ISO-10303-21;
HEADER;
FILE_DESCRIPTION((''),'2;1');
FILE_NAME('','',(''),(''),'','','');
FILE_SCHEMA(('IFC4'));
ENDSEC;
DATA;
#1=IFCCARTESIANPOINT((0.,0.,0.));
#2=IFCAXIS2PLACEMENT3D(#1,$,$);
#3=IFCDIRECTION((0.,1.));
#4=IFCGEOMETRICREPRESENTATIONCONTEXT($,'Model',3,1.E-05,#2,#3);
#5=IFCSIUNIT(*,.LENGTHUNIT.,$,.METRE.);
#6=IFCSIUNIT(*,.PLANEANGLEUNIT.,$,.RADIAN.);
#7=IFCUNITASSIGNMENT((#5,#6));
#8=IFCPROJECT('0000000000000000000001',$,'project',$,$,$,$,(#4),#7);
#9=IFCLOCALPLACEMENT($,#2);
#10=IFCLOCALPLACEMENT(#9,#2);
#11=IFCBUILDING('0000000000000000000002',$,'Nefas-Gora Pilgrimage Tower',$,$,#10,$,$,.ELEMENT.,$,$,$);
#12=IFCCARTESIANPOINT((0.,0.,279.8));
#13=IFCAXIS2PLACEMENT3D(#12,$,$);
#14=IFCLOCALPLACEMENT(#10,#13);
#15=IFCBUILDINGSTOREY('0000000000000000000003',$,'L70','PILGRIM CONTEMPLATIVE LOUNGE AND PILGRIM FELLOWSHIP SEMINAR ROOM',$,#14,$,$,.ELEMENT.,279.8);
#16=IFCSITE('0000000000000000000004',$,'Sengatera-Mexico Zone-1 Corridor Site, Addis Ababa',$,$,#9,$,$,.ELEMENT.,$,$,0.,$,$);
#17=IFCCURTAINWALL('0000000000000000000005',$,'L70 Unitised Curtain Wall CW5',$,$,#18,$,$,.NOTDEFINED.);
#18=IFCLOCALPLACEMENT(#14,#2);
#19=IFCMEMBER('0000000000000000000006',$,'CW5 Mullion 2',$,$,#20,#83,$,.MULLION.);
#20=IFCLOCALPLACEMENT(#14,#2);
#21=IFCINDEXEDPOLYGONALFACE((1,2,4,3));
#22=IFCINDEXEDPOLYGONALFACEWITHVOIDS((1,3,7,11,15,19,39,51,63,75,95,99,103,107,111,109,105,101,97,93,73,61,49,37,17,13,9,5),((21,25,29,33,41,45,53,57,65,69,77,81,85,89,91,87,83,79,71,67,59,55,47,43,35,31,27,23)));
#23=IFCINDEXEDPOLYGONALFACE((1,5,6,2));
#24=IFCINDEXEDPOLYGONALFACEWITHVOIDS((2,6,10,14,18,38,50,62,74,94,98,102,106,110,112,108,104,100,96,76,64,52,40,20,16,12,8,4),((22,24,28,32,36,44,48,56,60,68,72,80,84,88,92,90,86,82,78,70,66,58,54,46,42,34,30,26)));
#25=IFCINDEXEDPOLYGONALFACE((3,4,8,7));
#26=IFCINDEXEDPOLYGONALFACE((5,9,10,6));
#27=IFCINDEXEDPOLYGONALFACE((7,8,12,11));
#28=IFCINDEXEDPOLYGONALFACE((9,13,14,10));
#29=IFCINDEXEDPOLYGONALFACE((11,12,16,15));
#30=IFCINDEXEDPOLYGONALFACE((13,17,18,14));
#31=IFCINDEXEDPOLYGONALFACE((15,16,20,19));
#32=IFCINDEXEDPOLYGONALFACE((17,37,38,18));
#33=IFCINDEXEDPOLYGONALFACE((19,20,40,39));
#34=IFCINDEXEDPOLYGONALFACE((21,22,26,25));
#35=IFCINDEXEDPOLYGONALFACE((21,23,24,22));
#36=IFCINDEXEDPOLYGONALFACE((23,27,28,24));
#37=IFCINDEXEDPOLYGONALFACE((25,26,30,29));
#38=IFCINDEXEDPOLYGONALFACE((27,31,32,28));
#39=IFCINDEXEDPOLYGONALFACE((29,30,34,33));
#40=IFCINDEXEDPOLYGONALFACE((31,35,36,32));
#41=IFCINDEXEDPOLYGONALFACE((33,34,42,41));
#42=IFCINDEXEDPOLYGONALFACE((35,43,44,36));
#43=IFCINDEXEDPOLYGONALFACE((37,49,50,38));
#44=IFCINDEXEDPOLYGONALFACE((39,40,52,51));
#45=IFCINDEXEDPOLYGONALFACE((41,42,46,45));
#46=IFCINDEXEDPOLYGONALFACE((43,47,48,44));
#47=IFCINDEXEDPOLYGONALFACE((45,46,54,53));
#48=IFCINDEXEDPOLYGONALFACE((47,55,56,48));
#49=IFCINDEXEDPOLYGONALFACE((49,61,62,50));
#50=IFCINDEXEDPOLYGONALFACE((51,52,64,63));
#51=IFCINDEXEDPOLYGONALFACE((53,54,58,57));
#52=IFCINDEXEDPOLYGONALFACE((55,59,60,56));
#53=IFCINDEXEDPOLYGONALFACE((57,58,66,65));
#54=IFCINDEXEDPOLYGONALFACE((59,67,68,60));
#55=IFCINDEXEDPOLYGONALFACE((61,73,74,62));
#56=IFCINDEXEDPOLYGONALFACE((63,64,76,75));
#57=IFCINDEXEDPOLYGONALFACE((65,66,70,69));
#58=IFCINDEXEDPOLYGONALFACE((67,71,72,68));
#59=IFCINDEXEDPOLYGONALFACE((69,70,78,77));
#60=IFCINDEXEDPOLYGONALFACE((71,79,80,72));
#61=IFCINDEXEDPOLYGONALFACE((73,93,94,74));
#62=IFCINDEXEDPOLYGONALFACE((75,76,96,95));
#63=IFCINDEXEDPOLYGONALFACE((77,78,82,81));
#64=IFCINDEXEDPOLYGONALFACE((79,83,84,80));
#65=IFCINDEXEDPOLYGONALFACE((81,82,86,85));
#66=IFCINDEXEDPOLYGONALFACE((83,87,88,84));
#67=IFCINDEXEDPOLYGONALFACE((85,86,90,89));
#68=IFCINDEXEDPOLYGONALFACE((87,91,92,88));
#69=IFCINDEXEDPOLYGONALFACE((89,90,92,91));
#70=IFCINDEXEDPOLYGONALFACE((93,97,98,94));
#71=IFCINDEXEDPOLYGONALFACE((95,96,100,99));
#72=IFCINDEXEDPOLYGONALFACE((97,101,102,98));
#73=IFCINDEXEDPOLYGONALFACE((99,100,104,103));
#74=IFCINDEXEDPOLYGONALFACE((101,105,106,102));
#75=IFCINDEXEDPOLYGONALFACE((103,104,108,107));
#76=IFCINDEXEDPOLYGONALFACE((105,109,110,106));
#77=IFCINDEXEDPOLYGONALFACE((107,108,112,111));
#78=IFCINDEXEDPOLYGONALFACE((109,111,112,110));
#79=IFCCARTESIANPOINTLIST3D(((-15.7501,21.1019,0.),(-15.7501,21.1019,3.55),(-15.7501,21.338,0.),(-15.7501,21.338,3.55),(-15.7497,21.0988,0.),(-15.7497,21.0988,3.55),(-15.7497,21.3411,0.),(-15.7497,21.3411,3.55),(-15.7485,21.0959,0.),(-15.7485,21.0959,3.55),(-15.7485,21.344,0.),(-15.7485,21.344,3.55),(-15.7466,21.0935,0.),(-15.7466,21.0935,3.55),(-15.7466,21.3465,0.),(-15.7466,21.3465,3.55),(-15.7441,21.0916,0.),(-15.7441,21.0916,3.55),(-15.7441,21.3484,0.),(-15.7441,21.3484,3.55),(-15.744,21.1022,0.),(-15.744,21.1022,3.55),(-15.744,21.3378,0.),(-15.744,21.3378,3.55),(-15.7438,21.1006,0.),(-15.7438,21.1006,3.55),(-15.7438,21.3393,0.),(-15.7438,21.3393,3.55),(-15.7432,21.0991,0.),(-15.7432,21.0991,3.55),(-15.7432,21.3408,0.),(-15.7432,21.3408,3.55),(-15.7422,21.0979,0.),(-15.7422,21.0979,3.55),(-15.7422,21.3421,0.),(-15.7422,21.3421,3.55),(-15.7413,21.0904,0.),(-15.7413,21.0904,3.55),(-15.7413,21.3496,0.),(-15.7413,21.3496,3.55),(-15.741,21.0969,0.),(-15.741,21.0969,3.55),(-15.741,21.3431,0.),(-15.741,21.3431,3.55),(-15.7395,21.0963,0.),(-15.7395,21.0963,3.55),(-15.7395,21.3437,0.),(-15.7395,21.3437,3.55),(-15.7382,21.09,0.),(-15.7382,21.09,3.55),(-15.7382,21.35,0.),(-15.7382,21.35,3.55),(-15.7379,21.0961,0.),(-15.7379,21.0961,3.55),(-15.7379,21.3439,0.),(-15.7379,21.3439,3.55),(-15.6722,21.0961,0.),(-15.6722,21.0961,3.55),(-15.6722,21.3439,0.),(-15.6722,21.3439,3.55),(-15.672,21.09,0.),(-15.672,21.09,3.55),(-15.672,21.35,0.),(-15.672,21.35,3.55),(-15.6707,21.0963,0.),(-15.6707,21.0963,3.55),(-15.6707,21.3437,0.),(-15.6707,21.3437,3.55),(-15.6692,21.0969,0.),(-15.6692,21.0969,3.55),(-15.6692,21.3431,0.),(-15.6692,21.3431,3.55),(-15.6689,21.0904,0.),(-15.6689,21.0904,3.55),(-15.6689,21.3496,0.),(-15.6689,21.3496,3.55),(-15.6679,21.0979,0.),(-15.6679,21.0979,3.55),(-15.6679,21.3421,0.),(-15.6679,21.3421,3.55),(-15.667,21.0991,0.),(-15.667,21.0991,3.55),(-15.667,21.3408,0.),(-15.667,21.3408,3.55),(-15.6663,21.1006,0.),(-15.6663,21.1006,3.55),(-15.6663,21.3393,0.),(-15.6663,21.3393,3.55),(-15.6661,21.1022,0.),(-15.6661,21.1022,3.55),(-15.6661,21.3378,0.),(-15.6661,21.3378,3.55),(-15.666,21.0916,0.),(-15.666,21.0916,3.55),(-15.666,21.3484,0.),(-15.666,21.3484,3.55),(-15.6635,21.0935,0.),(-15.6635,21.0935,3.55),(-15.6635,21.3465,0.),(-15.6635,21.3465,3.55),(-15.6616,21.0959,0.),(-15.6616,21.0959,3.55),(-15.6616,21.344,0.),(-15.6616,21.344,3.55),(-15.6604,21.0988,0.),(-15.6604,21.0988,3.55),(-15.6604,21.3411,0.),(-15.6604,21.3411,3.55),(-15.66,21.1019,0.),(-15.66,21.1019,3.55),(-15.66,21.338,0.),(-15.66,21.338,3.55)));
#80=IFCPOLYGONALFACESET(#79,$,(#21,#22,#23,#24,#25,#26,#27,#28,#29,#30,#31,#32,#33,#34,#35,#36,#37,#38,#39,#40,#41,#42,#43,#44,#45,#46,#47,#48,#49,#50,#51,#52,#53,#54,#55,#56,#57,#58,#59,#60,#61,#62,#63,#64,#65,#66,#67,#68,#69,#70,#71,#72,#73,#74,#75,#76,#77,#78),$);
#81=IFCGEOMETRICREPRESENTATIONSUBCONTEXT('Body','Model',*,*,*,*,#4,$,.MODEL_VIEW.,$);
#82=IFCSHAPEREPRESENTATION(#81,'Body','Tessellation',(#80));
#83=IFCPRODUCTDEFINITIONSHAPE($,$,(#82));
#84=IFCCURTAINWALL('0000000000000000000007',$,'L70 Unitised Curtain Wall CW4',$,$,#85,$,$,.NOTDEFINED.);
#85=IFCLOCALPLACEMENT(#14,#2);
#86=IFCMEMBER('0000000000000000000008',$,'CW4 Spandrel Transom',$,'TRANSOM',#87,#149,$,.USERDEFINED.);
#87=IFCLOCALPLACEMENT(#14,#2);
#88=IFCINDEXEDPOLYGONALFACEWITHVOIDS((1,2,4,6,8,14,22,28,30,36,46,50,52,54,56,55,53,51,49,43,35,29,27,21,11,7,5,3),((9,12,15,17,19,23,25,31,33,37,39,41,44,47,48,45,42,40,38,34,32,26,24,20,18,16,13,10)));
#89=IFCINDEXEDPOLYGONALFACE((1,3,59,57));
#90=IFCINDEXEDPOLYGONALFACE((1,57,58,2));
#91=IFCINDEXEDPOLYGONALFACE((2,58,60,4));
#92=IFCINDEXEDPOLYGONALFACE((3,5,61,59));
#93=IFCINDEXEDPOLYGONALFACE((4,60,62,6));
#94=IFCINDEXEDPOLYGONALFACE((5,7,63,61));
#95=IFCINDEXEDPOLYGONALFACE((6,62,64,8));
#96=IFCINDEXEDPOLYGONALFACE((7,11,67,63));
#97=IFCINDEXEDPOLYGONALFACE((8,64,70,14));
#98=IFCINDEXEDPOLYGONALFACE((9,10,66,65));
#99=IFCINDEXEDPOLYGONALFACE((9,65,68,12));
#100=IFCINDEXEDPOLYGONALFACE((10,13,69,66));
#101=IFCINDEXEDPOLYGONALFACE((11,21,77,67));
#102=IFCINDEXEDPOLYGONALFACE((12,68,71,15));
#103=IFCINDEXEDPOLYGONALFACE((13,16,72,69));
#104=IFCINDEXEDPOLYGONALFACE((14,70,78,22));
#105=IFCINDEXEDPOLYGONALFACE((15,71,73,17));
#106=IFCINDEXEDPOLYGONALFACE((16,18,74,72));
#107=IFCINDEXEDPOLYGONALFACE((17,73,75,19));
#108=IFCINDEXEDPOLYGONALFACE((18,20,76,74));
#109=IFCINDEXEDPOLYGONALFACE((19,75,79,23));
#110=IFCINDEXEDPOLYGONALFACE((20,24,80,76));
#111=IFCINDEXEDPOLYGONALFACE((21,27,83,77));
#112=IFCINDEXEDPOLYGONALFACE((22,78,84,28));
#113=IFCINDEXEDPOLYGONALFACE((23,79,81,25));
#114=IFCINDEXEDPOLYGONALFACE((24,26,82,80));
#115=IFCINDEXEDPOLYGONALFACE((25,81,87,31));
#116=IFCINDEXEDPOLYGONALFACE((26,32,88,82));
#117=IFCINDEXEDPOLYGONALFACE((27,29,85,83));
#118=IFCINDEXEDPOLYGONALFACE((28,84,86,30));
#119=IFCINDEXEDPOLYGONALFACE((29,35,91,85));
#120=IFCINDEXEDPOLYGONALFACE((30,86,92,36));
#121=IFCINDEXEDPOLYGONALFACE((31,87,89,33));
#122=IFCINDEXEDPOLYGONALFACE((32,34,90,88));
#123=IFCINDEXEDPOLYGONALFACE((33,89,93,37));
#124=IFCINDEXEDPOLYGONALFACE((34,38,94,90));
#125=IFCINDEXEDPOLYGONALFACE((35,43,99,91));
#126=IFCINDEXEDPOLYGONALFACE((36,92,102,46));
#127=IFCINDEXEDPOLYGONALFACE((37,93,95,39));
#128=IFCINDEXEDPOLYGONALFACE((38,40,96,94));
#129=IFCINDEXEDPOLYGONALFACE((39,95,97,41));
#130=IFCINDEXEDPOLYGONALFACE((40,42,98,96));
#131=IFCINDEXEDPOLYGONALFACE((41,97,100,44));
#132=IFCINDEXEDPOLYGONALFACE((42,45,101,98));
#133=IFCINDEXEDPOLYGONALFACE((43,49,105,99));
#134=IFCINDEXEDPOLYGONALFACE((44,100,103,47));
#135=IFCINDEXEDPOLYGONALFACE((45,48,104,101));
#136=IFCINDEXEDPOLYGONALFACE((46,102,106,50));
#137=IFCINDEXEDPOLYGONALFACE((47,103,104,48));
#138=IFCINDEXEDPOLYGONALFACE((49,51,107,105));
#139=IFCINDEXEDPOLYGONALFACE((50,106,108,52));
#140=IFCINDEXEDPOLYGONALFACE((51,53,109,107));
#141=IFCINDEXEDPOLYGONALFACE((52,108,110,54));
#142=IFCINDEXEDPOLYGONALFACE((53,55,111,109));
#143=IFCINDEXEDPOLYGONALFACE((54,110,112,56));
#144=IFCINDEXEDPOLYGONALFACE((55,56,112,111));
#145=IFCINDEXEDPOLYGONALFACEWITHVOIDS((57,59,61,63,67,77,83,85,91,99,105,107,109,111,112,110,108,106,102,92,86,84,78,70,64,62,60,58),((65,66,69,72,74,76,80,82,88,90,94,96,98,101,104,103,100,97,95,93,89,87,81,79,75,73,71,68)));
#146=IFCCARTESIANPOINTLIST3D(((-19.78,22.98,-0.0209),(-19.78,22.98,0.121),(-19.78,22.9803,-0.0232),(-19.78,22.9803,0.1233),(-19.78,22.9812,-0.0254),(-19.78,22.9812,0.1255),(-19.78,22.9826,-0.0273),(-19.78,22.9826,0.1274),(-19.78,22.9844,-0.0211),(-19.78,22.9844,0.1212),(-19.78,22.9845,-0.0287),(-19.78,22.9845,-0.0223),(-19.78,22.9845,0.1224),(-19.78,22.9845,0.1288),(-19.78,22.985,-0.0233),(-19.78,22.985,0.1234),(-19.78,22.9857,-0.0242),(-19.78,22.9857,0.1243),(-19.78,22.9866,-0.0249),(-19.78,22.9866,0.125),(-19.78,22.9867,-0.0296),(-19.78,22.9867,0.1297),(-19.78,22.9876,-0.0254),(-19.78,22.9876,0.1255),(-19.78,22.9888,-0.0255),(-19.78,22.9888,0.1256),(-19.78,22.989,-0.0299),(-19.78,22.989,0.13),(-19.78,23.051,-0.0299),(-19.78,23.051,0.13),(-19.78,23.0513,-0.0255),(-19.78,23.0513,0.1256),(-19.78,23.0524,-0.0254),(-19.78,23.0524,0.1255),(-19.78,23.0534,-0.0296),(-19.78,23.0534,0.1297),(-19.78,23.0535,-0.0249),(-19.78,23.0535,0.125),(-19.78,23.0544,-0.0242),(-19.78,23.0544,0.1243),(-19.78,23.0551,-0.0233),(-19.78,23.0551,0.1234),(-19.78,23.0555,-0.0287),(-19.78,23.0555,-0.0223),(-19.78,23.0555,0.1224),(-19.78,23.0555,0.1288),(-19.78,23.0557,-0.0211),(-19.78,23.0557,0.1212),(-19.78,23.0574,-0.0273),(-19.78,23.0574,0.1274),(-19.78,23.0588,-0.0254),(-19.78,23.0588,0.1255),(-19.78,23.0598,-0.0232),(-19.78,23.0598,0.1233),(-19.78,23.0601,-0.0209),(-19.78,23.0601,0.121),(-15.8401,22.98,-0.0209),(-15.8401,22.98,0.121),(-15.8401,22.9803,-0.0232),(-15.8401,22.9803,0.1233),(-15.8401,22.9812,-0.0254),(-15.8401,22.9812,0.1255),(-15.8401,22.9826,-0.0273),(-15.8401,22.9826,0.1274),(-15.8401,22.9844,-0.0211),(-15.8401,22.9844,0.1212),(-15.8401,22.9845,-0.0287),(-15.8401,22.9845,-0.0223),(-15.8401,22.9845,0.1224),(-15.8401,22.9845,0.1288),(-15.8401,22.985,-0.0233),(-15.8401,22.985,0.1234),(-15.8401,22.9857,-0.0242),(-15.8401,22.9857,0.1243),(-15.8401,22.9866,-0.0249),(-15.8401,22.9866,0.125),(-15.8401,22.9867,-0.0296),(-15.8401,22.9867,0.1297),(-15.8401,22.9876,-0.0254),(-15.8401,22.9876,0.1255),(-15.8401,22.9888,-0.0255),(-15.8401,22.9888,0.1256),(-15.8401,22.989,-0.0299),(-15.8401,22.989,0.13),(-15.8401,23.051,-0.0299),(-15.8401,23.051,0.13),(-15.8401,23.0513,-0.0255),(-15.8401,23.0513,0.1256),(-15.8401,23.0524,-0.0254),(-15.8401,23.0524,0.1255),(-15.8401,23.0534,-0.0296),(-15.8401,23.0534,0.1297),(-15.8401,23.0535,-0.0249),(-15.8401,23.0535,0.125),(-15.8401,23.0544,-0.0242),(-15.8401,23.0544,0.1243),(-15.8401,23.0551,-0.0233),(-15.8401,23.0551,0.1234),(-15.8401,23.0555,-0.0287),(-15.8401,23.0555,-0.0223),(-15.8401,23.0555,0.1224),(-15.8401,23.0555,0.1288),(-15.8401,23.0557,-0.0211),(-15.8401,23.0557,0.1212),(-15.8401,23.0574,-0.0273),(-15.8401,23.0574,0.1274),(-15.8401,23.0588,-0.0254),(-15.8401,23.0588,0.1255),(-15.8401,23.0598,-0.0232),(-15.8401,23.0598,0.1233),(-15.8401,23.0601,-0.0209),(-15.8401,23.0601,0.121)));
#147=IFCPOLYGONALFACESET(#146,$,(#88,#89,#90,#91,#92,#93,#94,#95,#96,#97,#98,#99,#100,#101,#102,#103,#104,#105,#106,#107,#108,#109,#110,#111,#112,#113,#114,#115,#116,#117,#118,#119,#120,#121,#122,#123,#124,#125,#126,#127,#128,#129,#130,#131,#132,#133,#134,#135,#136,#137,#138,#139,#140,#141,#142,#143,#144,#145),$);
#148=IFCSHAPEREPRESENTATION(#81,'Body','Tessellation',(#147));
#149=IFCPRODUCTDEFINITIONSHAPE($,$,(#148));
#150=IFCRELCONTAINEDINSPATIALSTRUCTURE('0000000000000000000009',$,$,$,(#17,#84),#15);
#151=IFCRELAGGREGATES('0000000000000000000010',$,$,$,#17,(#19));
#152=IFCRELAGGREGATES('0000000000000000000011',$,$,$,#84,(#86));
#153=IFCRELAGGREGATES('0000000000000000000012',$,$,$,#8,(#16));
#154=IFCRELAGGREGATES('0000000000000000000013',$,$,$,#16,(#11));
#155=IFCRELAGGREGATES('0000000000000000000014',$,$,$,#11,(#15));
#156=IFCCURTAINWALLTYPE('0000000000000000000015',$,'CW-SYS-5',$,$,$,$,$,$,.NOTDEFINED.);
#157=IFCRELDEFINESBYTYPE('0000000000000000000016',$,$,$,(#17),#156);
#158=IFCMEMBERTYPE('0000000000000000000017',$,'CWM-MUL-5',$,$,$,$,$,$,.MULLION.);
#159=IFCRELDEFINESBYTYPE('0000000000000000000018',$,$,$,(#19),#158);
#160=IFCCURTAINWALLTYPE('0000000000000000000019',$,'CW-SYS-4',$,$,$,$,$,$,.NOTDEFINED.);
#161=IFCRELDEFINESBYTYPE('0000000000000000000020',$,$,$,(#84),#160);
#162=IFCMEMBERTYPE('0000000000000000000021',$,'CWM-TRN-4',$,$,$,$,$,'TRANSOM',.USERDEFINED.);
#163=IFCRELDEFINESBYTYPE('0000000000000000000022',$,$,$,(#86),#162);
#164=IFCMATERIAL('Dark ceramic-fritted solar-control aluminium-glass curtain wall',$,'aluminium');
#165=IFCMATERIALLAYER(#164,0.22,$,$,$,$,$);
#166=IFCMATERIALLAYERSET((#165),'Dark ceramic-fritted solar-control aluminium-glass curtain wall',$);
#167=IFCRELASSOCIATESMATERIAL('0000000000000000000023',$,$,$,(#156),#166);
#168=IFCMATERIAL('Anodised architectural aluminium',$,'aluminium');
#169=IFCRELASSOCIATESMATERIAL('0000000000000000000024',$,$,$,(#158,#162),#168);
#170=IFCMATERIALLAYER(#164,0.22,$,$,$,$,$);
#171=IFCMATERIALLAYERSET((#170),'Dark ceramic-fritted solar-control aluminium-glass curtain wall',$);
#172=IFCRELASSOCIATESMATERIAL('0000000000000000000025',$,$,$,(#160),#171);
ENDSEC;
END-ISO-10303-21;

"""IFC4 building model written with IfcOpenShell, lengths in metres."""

from ifc_helpers import new_model, si_unit, direction, frame, origin, origin_2d, place, context, subcontext, project, spatial, hollow_rectangle, extrude, source, transform, mapped, material, layer, layer_set, material_profile, profile_set, type_object, element, aggregate, save


model = new_model("IFC4")

# Units and contexts
model_context = context("Model", 3, precision=1e-05, world=origin(), true_north=direction((0.0, 1.0)))
body_context = subcontext(model_context, "Body", "Model", "MODEL_VIEW")
ifc_project = project(units=[si_unit("LENGTHUNIT", "METRE"), si_unit("PLANEANGLEUNIT", "RADIAN")], contexts=[model_context])

# Site, building, storey
site_placement = place(None, origin())
site = spatial("IfcSite", under=ifc_project, at=site_placement, Name="Sengatera-Mexico Zone-1 Corridor Site, Addis Ababa", CompositionType="ELEMENT", RefElevation=0.0)
building_placement = place(site_placement, origin())
building = spatial("IfcBuilding", under=site, at=building_placement, Name="Nefas-Gora Pilgrimage Tower", CompositionType="ELEMENT")
storey_placement = place(building_placement, frame((0.0, 0.0, 279.8)))
storey = spatial("IfcBuildingStorey", under=building, at=storey_placement, Name="L70", Description="PILGRIM CONTEMPLATIVE LOUNGE AND PILGRIM FELLOWSHIP SEMINAR ROOM", CompositionType="ELEMENT", Elevation=279.8)

# Curtain wall, member
ifc_material_1 = material(Name="Dark ceramic-fritted solar-control aluminium-glass curtain wall", Category="aluminium")
ifc_layer_1 = layer(ifc_material_1, 0.22)
ifc_layer_set_1 = layer_set([ifc_layer_1], Name="Dark ceramic-fritted solar-control aluminium-glass curtain wall")
curtain_wall_type_1 = type_object("IfcCurtainWallType", Name="CW-SYS-5", PredefinedType="NOTDEFINED", material=ifc_layer_set_1)
curtain_wall_1_placement = place(storey_placement, origin())
curtain_wall_1 = element("IfcCurtainWall", 1, at=curtain_wall_1_placement, inside=storey, type_object=curtain_wall_type_1, Name="L70 Unitised Curtain Wall CW5", PredefinedType="NOTDEFINED")
ifc_material_2 = material(Name="Anodised architectural aluminium", Category="aluminium")
ifc_material_profile_1 = material_profile(ifc_material_2, hollow_rectangle(XDim=0.0901, YDim=0.26, WallThickness=0.0061, InnerFilletRadius=0.0061, OuterFilletRadius=0.012, at=origin_2d()), Name="ALU MULLION 90x260")
ifc_profile_set_1 = profile_set([ifc_material_profile_1], Name="Anodised architectural aluminium")
member_type_1 = type_object("IfcMemberType", Name="CWM-MUL-5", PredefinedType="MULLION", material=ifc_profile_set_1)
shared_shape_1 = source(origin(), body_context, "Body", "SweptSolid", [
    extrude(hollow_rectangle(XDim=0.0901, YDim=0.26, WallThickness=0.0061, InnerFilletRadius=0.0061, OuterFilletRadius=0.012, at=origin_2d()), origin(), (0.0, 0.0, 1.0), 3.55),
])
member_1_placement = place(storey_placement, frame((-15.7051, 21.22, 0.0), z_axis=(0.0, 0.0, 1.0), x_axis=(-1.0, 0.0, 0.0)))
member_1 = element("IfcMember", 2, at=member_1_placement, type_object=member_type_1, Name="CW5 Mullion 2", PredefinedType="MULLION", context=body_context, shape_type="MappedRepresentation", body=[
    mapped(shared_shape_1, transform((0.0, 0.0, 0.0), x_axis=(1.0, 0.0, 0.0), y_axis=(0.0, 1.0, 0.0), z_axis=(0.0, 0.0, 1.0), scale=1.0)),
])

# Curtain wall, member
ifc_layer_2 = layer(ifc_material_1, 0.22)
ifc_layer_set_2 = layer_set([ifc_layer_2], Name="Dark ceramic-fritted solar-control aluminium-glass curtain wall")
curtain_wall_type_2 = type_object("IfcCurtainWallType", Name="CW-SYS-4", PredefinedType="NOTDEFINED", material=ifc_layer_set_2)
curtain_wall_2_placement = place(storey_placement, origin())
curtain_wall_2 = element("IfcCurtainWall", 3, at=curtain_wall_2_placement, inside=storey, type_object=curtain_wall_type_2, Name="L70 Unitised Curtain Wall CW4", PredefinedType="NOTDEFINED")
ifc_material_profile_2 = material_profile(ifc_material_2, hollow_rectangle(XDim=0.0801, YDim=0.1599, WallThickness=0.0044, InnerFilletRadius=0.0044, OuterFilletRadius=0.009, at=origin_2d()), Name="ALU TRANSOM 80x160")
ifc_profile_set_2 = profile_set([ifc_material_profile_2], Name="Anodised architectural aluminium")
member_type_2 = type_object("IfcMemberType", Name="CWM-TRN-4", ElementType="TRANSOM", PredefinedType="USERDEFINED", material=ifc_profile_set_2)
shared_shape_2 = source(origin(), body_context, "Body", "SweptSolid", [
    extrude(hollow_rectangle(XDim=0.0801, YDim=0.1599, WallThickness=0.0044, InnerFilletRadius=0.0044, OuterFilletRadius=0.009, at=origin_2d()), origin(), (0.0, 0.0, 1.0), 3.9399),
])
member_2_placement = place(storey_placement, frame((-15.8401, 23.02, 0.05), z_axis=(-1.0, 0.0, 0.0), x_axis=(0.0, -1.0, 0.0)))
member_2 = element("IfcMember", 4, at=member_2_placement, type_object=member_type_2, Name="CW4 Spandrel Transom", ObjectType="TRANSOM", PredefinedType="USERDEFINED", context=body_context, shape_type="MappedRepresentation", body=[
    mapped(shared_shape_2, transform((0.0, 0.0, 0.0), x_axis=(1.0, 0.0, 0.0), y_axis=(0.0, 1.0, 0.0), z_axis=(0.0, 0.0, 1.0), scale=1.0)),
])

aggregate(curtain_wall_1, [member_1])
aggregate(curtain_wall_2, [member_2])

save(model, "model.ifc")
